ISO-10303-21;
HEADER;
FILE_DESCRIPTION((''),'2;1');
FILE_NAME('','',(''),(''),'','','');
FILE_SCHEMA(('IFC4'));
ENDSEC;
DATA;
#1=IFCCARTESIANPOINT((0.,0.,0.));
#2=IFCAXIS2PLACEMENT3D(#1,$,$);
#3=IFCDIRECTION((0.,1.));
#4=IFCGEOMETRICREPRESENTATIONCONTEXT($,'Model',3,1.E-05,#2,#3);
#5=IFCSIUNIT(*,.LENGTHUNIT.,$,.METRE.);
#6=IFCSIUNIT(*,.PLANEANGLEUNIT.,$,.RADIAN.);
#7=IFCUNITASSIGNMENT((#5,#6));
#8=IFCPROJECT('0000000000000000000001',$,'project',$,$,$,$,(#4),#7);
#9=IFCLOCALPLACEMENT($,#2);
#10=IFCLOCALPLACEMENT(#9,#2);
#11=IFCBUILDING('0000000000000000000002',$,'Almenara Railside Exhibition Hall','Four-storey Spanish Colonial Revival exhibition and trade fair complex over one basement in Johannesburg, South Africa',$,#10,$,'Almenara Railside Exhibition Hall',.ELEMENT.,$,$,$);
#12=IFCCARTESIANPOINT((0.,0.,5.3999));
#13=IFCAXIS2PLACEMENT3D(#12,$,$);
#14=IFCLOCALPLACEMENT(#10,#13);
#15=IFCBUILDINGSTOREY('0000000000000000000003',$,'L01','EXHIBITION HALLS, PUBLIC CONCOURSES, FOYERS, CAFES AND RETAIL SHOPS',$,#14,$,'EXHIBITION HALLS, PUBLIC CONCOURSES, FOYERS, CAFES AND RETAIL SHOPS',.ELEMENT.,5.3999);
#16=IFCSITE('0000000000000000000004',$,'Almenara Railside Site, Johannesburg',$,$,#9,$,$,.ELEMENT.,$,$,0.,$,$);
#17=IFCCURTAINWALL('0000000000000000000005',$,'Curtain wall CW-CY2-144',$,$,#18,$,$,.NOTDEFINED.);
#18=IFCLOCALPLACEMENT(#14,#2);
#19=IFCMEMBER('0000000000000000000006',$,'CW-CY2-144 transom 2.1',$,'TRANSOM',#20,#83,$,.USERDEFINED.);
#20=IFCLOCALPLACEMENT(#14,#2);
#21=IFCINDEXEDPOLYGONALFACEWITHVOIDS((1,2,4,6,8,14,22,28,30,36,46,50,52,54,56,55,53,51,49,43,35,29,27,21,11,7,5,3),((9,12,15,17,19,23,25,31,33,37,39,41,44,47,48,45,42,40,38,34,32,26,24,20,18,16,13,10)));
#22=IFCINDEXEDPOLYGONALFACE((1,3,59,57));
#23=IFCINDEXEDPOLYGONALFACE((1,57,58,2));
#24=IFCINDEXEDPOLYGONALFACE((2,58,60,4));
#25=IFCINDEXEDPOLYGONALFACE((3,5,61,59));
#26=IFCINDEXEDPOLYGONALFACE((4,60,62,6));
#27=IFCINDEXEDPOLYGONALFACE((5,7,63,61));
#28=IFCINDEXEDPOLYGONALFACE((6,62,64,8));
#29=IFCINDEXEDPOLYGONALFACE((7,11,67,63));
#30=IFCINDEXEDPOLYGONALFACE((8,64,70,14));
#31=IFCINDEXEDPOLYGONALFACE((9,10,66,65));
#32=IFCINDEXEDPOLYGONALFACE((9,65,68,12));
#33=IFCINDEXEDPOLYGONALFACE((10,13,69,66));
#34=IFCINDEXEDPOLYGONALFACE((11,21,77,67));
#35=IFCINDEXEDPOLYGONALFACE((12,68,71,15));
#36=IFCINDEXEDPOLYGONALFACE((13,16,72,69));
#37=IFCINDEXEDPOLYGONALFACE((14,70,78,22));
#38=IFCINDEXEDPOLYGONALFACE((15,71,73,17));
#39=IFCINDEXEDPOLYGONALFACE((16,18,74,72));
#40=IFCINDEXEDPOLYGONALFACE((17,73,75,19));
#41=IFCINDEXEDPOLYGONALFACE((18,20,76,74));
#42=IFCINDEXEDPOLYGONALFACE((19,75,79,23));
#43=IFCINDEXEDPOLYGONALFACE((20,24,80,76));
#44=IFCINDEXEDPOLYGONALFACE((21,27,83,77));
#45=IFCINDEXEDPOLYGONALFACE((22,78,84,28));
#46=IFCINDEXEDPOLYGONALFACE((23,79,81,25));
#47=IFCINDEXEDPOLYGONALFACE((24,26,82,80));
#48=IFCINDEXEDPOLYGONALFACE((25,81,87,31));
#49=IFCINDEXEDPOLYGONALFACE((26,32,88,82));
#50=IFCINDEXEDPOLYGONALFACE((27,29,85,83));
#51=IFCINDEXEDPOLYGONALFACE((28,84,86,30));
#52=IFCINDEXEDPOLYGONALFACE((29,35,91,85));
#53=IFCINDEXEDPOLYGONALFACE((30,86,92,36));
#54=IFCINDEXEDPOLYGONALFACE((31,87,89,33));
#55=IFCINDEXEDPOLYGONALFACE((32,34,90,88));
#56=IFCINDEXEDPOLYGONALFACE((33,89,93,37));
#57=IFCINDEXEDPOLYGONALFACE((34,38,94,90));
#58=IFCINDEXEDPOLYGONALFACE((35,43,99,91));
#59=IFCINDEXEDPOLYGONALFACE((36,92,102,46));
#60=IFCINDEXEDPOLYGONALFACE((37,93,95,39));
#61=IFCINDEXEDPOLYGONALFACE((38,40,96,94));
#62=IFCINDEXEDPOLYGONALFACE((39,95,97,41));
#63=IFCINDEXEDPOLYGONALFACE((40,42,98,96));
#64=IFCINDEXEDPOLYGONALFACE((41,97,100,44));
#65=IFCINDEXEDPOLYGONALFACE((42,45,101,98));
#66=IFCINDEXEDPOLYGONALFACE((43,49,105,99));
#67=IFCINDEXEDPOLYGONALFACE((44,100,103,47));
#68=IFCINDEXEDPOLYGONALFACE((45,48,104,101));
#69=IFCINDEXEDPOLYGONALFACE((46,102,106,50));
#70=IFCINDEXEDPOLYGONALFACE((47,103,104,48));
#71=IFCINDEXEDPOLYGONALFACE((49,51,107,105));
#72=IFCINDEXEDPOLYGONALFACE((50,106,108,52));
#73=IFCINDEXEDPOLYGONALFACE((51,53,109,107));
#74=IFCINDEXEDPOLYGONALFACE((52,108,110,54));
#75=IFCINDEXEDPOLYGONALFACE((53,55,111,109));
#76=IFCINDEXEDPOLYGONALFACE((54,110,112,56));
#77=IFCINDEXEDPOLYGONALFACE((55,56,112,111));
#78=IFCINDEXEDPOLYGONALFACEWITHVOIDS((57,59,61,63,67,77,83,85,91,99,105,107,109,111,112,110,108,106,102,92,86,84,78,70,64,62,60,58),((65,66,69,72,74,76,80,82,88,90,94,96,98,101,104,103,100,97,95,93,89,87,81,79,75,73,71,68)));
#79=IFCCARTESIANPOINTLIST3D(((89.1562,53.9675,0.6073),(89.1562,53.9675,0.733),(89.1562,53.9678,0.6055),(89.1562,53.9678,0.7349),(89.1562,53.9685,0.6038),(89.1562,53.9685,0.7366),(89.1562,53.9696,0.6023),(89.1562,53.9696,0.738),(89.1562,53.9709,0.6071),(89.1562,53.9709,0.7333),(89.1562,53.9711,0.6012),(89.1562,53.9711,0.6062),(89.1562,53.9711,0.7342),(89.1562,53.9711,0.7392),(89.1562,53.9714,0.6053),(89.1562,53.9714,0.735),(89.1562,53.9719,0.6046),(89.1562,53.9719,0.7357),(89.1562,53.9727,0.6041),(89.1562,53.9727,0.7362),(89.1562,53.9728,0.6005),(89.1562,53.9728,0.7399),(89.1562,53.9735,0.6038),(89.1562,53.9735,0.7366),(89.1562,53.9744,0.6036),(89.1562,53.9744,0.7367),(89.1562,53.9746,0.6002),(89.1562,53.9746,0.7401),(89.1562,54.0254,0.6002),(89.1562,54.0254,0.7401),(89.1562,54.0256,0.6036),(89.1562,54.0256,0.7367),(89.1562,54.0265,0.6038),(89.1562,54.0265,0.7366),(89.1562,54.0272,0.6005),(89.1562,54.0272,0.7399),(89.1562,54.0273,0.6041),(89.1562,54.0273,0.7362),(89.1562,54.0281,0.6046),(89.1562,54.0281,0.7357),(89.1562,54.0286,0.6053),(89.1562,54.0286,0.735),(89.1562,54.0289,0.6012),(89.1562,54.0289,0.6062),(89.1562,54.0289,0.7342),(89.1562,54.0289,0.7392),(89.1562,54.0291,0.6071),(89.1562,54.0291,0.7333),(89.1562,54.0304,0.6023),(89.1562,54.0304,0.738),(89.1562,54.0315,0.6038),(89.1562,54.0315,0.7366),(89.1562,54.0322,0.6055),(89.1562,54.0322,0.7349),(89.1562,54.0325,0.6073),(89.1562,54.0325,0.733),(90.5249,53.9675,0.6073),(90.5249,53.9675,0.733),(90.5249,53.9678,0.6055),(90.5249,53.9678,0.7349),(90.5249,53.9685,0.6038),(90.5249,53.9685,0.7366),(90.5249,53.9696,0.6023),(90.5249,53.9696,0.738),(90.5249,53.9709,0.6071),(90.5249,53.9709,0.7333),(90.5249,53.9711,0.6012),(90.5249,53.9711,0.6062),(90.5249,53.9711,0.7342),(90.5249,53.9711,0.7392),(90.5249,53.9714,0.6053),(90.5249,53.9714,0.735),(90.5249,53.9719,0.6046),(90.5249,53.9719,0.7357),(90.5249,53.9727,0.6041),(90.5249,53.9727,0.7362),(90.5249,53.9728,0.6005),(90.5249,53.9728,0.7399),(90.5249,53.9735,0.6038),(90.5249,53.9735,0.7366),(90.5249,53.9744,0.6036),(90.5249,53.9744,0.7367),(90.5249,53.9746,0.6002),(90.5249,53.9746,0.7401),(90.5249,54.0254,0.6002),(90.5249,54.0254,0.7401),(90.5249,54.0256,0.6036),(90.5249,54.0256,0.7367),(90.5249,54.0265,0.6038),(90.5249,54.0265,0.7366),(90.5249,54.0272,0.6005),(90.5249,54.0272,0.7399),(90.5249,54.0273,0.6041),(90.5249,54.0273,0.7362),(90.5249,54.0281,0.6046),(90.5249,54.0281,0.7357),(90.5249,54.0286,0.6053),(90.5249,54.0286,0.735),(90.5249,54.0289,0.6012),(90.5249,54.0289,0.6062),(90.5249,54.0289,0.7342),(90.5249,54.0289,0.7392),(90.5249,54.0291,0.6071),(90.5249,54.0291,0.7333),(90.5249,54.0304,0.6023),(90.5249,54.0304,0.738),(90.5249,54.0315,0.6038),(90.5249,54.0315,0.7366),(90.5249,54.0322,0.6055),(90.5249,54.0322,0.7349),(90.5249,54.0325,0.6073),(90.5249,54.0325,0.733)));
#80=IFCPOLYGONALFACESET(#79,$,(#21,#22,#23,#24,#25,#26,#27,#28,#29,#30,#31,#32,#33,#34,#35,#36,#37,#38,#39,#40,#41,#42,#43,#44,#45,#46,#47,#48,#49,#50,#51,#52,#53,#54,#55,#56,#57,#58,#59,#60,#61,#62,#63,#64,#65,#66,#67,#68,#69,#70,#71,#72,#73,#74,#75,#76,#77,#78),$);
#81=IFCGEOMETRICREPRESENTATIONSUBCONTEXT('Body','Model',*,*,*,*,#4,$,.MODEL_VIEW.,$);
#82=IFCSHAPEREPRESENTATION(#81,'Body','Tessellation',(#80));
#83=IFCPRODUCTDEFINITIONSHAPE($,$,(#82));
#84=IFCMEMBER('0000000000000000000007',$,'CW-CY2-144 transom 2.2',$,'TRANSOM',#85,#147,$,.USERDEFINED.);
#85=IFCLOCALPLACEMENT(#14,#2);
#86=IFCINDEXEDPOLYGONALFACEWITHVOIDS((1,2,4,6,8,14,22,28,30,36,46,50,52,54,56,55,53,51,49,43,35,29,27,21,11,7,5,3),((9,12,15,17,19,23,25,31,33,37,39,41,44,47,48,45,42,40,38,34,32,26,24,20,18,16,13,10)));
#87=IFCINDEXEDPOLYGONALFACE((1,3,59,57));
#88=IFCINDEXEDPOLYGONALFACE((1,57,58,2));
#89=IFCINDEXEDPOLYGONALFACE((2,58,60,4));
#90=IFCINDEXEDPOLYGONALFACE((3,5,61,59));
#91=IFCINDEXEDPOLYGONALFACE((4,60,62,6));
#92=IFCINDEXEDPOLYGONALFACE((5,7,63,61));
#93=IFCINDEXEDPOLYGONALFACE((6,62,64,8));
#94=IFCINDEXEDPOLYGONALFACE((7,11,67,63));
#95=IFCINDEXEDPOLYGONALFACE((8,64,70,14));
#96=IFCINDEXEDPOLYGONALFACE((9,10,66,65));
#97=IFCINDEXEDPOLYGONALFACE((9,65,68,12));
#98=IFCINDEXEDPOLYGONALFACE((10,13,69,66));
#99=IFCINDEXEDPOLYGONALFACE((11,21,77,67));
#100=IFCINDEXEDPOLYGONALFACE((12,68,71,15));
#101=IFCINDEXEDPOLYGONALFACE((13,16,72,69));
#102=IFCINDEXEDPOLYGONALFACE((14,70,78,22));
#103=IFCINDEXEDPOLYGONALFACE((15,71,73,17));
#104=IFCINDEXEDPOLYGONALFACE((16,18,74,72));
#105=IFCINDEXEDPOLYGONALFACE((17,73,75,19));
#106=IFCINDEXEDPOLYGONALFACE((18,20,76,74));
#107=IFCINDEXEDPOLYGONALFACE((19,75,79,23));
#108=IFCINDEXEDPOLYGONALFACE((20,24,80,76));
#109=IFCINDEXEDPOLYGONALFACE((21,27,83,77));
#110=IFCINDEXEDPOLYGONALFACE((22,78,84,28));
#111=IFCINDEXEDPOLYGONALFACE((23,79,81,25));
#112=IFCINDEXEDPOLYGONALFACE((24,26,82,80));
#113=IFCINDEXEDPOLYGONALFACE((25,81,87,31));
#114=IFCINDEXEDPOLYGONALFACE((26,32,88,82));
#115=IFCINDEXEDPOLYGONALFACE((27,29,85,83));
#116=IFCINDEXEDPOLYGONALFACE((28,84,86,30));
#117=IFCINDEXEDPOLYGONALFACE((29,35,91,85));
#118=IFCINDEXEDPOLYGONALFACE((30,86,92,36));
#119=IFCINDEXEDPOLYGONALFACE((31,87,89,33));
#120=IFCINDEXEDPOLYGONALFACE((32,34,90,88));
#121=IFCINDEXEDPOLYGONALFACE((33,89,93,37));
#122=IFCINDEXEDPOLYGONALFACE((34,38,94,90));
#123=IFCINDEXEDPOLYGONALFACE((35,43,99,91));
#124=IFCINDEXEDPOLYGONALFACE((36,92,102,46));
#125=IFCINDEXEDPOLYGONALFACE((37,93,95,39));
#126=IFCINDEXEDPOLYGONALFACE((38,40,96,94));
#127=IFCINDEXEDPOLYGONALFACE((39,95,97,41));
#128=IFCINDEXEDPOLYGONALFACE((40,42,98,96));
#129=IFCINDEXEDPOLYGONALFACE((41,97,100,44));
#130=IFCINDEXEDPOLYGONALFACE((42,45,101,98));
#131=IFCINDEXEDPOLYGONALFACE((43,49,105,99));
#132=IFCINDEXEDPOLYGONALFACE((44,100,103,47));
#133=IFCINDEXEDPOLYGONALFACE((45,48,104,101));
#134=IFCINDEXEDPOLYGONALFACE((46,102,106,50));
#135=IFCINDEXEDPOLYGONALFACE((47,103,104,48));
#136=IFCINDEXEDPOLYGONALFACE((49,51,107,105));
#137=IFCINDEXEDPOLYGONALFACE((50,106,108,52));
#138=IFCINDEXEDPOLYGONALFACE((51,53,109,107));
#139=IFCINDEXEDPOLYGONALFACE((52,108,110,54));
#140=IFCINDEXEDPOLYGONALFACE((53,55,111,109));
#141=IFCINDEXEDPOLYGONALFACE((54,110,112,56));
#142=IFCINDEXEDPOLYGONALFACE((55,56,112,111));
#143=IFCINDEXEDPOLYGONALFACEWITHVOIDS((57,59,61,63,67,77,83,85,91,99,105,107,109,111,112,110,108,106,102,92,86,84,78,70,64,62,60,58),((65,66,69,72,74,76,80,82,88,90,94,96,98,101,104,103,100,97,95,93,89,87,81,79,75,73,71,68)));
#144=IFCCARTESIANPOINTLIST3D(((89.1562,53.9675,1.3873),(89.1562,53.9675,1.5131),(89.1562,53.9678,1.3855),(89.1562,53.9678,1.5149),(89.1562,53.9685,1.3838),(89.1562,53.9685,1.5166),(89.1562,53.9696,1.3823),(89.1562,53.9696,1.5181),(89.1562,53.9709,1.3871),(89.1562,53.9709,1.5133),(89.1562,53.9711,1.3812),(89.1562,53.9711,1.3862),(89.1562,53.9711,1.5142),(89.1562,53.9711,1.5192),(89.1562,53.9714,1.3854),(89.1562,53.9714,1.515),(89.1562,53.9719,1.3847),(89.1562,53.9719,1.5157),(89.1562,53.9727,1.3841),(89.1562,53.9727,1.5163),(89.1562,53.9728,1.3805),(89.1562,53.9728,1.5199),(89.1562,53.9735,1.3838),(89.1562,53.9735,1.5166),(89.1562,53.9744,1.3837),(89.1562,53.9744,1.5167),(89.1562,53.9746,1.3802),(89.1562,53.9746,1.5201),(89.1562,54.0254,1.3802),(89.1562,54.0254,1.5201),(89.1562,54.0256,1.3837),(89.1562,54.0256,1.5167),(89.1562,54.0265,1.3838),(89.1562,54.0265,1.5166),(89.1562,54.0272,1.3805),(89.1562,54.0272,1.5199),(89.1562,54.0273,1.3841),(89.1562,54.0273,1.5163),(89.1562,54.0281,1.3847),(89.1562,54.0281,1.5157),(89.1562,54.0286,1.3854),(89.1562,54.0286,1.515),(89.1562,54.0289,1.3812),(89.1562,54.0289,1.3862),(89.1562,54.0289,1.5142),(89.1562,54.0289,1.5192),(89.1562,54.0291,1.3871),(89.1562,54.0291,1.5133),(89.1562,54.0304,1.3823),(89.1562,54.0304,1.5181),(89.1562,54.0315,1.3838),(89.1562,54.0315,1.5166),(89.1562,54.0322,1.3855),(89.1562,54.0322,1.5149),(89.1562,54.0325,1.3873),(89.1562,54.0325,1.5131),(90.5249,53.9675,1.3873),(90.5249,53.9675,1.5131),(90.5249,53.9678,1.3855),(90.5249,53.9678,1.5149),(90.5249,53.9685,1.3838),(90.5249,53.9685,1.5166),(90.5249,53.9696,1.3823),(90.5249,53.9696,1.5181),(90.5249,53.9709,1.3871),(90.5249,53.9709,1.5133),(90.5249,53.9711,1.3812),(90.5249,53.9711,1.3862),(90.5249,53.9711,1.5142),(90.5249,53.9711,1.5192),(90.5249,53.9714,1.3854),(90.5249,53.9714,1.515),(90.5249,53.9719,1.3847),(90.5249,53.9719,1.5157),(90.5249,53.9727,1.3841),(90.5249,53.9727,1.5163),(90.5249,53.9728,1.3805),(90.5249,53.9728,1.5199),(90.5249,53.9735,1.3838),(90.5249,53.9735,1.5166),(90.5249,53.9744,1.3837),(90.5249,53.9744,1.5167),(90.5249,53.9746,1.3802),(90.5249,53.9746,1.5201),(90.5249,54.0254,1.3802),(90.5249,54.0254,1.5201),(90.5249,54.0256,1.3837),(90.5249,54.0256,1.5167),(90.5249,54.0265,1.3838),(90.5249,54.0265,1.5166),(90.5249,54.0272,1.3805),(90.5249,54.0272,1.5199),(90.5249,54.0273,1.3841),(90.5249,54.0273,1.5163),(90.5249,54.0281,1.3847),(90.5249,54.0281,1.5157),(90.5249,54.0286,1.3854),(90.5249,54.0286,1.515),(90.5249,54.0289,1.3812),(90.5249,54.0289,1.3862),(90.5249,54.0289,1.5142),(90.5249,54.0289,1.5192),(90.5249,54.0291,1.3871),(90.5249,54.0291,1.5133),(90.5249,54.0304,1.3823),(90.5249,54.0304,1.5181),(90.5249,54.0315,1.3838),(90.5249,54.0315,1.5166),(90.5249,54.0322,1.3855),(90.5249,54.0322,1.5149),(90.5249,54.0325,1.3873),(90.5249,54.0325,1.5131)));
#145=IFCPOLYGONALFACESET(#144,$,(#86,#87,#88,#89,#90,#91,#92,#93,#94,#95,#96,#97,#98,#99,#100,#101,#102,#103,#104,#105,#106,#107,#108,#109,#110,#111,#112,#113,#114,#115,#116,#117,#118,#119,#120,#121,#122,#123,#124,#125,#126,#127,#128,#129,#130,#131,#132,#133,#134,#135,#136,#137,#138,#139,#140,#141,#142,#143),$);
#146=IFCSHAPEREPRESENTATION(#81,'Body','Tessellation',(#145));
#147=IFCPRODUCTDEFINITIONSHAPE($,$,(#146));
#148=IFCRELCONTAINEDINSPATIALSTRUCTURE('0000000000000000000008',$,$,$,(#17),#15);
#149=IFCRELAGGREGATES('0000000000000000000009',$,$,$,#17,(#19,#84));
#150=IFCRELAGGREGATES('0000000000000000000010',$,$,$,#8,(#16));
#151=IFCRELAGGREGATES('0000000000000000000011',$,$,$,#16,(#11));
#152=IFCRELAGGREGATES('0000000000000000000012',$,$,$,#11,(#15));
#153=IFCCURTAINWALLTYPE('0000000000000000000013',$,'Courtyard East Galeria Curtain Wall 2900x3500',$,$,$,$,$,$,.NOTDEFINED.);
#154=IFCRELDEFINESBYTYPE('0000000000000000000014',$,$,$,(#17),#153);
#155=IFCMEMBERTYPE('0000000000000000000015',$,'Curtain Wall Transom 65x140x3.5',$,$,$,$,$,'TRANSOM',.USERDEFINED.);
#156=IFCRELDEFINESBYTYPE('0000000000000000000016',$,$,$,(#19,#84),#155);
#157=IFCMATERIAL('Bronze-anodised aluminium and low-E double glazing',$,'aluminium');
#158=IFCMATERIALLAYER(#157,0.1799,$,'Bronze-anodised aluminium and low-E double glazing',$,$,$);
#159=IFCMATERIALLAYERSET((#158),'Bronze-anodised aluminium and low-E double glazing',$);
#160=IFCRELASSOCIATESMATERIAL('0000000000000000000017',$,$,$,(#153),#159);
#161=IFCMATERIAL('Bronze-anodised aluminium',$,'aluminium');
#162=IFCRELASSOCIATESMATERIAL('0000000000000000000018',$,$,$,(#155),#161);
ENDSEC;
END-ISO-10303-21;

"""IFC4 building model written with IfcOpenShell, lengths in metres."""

from ifc_helpers import new_model, si_unit, direction, frame, origin, origin_2d, place, context, subcontext, project, spatial, hollow_rectangle, extrude, material, layer, layer_set, material_profile, profile_set, type_object, element, aggregate, save


model = new_model("IFC4")

# Units and contexts
model_context = context("Model", 3, precision=1e-05, world=origin(), true_north=direction((0.0, 1.0)))
body_context = subcontext(model_context, "Body", "Model", "MODEL_VIEW")
ifc_project = project(units=[si_unit("LENGTHUNIT", "METRE"), si_unit("PLANEANGLEUNIT", "RADIAN")], contexts=[model_context])

# Site, building, storey
site_placement = place(None, origin())
site = spatial("IfcSite", under=ifc_project, at=site_placement, Name="Almenara Railside Site, Johannesburg", CompositionType="ELEMENT", RefElevation=0.0)
building_placement = place(site_placement, origin())
building = spatial("IfcBuilding", under=site, at=building_placement, Name="Almenara Railside Exhibition Hall", Description="Four-storey Spanish Colonial Revival exhibition and trade fair complex over one basement in Johannesburg, South Africa", LongName="Almenara Railside Exhibition Hall", CompositionType="ELEMENT")
storey_placement = place(building_placement, frame((0.0, 0.0, 5.3999)))
storey = spatial("IfcBuildingStorey", under=building, at=storey_placement, Name="L01", Description="EXHIBITION HALLS, PUBLIC CONCOURSES, FOYERS, CAFES AND RETAIL SHOPS", LongName="EXHIBITION HALLS, PUBLIC CONCOURSES, FOYERS, CAFES AND RETAIL SHOPS", CompositionType="ELEMENT", Elevation=5.3999)

# Curtain wall
ifc_material_1 = material(Name="Bronze-anodised aluminium and low-E double glazing", Category="aluminium")
ifc_layer_1 = layer(ifc_material_1, 0.1799, Name="Bronze-anodised aluminium and low-E double glazing")
ifc_layer_set_1 = layer_set([ifc_layer_1], Name="Bronze-anodised aluminium and low-E double glazing")
curtain_wall_type = type_object("IfcCurtainWallType", Name="Courtyard East Galeria Curtain Wall 2900x3500", PredefinedType="NOTDEFINED", material=ifc_layer_set_1)
ifc_material_2 = material(Name="Bronze-anodised aluminium", Category="aluminium")
curtain_wall_1_placement = place(storey_placement, origin())
curtain_wall_1 = element("IfcCurtainWall", 1, at=curtain_wall_1_placement, inside=storey, type_object=curtain_wall_type, Name="Curtain wall CW-CY2-144", PredefinedType="NOTDEFINED")

# Members
ifc_material_profile_1 = material_profile(ifc_material_2, hollow_rectangle(XDim=0.0649, YDim=0.1399, WallThickness=0.0034, InnerFilletRadius=0.0034, OuterFilletRadius=0.0071, at=origin_2d()), Name="ALU-TRN 65x140x3.5")
ifc_profile_set_1 = profile_set([ifc_material_profile_1], Name="Bronze-anodised aluminium")
member_type_1 = type_object("IfcMemberType", Name="Curtain Wall Transom 65x140x3.5", ElementType="TRANSOM", PredefinedType="USERDEFINED", material=ifc_profile_set_1)
member_1_placement = place(storey_placement, frame((89.1562, 54.0, 0.6702), z_axis=(1.0, 0.0, 0.0), x_axis=(0.0, 1.0, 0.0)))
member_1 = element("IfcMember", 2, at=member_1_placement, type_object=member_type_1, Name="CW-CY2-144 transom 2.1", ObjectType="TRANSOM", PredefinedType="USERDEFINED", context=body_context, shape_type="SweptSolid", body=[
    extrude(hollow_rectangle(XDim=0.0649, YDim=0.1399, WallThickness=0.0034, InnerFilletRadius=0.0034, OuterFilletRadius=0.0071, at=origin_2d()), origin(), (0.0, 0.0, 1.0), 1.3687),
])
member_2_placement = place(storey_placement, frame((89.1562, 54.0, 1.4502), z_axis=(1.0, 0.0, 0.0), x_axis=(0.0, 1.0, 0.0)))
member_2 = element("IfcMember", 3, at=member_2_placement, type_object=member_type_1, Name="CW-CY2-144 transom 2.2", ObjectType="TRANSOM", PredefinedType="USERDEFINED", context=body_context, shape_type="SweptSolid", body=[
    extrude(hollow_rectangle(XDim=0.0649, YDim=0.1399, WallThickness=0.0034, InnerFilletRadius=0.0034, OuterFilletRadius=0.0071, at=origin_2d()), origin(), (0.0, 0.0, 1.0), 1.3687),
])

aggregate(curtain_wall_1, [member_1, member_2])

save(model, "model.ifc")
